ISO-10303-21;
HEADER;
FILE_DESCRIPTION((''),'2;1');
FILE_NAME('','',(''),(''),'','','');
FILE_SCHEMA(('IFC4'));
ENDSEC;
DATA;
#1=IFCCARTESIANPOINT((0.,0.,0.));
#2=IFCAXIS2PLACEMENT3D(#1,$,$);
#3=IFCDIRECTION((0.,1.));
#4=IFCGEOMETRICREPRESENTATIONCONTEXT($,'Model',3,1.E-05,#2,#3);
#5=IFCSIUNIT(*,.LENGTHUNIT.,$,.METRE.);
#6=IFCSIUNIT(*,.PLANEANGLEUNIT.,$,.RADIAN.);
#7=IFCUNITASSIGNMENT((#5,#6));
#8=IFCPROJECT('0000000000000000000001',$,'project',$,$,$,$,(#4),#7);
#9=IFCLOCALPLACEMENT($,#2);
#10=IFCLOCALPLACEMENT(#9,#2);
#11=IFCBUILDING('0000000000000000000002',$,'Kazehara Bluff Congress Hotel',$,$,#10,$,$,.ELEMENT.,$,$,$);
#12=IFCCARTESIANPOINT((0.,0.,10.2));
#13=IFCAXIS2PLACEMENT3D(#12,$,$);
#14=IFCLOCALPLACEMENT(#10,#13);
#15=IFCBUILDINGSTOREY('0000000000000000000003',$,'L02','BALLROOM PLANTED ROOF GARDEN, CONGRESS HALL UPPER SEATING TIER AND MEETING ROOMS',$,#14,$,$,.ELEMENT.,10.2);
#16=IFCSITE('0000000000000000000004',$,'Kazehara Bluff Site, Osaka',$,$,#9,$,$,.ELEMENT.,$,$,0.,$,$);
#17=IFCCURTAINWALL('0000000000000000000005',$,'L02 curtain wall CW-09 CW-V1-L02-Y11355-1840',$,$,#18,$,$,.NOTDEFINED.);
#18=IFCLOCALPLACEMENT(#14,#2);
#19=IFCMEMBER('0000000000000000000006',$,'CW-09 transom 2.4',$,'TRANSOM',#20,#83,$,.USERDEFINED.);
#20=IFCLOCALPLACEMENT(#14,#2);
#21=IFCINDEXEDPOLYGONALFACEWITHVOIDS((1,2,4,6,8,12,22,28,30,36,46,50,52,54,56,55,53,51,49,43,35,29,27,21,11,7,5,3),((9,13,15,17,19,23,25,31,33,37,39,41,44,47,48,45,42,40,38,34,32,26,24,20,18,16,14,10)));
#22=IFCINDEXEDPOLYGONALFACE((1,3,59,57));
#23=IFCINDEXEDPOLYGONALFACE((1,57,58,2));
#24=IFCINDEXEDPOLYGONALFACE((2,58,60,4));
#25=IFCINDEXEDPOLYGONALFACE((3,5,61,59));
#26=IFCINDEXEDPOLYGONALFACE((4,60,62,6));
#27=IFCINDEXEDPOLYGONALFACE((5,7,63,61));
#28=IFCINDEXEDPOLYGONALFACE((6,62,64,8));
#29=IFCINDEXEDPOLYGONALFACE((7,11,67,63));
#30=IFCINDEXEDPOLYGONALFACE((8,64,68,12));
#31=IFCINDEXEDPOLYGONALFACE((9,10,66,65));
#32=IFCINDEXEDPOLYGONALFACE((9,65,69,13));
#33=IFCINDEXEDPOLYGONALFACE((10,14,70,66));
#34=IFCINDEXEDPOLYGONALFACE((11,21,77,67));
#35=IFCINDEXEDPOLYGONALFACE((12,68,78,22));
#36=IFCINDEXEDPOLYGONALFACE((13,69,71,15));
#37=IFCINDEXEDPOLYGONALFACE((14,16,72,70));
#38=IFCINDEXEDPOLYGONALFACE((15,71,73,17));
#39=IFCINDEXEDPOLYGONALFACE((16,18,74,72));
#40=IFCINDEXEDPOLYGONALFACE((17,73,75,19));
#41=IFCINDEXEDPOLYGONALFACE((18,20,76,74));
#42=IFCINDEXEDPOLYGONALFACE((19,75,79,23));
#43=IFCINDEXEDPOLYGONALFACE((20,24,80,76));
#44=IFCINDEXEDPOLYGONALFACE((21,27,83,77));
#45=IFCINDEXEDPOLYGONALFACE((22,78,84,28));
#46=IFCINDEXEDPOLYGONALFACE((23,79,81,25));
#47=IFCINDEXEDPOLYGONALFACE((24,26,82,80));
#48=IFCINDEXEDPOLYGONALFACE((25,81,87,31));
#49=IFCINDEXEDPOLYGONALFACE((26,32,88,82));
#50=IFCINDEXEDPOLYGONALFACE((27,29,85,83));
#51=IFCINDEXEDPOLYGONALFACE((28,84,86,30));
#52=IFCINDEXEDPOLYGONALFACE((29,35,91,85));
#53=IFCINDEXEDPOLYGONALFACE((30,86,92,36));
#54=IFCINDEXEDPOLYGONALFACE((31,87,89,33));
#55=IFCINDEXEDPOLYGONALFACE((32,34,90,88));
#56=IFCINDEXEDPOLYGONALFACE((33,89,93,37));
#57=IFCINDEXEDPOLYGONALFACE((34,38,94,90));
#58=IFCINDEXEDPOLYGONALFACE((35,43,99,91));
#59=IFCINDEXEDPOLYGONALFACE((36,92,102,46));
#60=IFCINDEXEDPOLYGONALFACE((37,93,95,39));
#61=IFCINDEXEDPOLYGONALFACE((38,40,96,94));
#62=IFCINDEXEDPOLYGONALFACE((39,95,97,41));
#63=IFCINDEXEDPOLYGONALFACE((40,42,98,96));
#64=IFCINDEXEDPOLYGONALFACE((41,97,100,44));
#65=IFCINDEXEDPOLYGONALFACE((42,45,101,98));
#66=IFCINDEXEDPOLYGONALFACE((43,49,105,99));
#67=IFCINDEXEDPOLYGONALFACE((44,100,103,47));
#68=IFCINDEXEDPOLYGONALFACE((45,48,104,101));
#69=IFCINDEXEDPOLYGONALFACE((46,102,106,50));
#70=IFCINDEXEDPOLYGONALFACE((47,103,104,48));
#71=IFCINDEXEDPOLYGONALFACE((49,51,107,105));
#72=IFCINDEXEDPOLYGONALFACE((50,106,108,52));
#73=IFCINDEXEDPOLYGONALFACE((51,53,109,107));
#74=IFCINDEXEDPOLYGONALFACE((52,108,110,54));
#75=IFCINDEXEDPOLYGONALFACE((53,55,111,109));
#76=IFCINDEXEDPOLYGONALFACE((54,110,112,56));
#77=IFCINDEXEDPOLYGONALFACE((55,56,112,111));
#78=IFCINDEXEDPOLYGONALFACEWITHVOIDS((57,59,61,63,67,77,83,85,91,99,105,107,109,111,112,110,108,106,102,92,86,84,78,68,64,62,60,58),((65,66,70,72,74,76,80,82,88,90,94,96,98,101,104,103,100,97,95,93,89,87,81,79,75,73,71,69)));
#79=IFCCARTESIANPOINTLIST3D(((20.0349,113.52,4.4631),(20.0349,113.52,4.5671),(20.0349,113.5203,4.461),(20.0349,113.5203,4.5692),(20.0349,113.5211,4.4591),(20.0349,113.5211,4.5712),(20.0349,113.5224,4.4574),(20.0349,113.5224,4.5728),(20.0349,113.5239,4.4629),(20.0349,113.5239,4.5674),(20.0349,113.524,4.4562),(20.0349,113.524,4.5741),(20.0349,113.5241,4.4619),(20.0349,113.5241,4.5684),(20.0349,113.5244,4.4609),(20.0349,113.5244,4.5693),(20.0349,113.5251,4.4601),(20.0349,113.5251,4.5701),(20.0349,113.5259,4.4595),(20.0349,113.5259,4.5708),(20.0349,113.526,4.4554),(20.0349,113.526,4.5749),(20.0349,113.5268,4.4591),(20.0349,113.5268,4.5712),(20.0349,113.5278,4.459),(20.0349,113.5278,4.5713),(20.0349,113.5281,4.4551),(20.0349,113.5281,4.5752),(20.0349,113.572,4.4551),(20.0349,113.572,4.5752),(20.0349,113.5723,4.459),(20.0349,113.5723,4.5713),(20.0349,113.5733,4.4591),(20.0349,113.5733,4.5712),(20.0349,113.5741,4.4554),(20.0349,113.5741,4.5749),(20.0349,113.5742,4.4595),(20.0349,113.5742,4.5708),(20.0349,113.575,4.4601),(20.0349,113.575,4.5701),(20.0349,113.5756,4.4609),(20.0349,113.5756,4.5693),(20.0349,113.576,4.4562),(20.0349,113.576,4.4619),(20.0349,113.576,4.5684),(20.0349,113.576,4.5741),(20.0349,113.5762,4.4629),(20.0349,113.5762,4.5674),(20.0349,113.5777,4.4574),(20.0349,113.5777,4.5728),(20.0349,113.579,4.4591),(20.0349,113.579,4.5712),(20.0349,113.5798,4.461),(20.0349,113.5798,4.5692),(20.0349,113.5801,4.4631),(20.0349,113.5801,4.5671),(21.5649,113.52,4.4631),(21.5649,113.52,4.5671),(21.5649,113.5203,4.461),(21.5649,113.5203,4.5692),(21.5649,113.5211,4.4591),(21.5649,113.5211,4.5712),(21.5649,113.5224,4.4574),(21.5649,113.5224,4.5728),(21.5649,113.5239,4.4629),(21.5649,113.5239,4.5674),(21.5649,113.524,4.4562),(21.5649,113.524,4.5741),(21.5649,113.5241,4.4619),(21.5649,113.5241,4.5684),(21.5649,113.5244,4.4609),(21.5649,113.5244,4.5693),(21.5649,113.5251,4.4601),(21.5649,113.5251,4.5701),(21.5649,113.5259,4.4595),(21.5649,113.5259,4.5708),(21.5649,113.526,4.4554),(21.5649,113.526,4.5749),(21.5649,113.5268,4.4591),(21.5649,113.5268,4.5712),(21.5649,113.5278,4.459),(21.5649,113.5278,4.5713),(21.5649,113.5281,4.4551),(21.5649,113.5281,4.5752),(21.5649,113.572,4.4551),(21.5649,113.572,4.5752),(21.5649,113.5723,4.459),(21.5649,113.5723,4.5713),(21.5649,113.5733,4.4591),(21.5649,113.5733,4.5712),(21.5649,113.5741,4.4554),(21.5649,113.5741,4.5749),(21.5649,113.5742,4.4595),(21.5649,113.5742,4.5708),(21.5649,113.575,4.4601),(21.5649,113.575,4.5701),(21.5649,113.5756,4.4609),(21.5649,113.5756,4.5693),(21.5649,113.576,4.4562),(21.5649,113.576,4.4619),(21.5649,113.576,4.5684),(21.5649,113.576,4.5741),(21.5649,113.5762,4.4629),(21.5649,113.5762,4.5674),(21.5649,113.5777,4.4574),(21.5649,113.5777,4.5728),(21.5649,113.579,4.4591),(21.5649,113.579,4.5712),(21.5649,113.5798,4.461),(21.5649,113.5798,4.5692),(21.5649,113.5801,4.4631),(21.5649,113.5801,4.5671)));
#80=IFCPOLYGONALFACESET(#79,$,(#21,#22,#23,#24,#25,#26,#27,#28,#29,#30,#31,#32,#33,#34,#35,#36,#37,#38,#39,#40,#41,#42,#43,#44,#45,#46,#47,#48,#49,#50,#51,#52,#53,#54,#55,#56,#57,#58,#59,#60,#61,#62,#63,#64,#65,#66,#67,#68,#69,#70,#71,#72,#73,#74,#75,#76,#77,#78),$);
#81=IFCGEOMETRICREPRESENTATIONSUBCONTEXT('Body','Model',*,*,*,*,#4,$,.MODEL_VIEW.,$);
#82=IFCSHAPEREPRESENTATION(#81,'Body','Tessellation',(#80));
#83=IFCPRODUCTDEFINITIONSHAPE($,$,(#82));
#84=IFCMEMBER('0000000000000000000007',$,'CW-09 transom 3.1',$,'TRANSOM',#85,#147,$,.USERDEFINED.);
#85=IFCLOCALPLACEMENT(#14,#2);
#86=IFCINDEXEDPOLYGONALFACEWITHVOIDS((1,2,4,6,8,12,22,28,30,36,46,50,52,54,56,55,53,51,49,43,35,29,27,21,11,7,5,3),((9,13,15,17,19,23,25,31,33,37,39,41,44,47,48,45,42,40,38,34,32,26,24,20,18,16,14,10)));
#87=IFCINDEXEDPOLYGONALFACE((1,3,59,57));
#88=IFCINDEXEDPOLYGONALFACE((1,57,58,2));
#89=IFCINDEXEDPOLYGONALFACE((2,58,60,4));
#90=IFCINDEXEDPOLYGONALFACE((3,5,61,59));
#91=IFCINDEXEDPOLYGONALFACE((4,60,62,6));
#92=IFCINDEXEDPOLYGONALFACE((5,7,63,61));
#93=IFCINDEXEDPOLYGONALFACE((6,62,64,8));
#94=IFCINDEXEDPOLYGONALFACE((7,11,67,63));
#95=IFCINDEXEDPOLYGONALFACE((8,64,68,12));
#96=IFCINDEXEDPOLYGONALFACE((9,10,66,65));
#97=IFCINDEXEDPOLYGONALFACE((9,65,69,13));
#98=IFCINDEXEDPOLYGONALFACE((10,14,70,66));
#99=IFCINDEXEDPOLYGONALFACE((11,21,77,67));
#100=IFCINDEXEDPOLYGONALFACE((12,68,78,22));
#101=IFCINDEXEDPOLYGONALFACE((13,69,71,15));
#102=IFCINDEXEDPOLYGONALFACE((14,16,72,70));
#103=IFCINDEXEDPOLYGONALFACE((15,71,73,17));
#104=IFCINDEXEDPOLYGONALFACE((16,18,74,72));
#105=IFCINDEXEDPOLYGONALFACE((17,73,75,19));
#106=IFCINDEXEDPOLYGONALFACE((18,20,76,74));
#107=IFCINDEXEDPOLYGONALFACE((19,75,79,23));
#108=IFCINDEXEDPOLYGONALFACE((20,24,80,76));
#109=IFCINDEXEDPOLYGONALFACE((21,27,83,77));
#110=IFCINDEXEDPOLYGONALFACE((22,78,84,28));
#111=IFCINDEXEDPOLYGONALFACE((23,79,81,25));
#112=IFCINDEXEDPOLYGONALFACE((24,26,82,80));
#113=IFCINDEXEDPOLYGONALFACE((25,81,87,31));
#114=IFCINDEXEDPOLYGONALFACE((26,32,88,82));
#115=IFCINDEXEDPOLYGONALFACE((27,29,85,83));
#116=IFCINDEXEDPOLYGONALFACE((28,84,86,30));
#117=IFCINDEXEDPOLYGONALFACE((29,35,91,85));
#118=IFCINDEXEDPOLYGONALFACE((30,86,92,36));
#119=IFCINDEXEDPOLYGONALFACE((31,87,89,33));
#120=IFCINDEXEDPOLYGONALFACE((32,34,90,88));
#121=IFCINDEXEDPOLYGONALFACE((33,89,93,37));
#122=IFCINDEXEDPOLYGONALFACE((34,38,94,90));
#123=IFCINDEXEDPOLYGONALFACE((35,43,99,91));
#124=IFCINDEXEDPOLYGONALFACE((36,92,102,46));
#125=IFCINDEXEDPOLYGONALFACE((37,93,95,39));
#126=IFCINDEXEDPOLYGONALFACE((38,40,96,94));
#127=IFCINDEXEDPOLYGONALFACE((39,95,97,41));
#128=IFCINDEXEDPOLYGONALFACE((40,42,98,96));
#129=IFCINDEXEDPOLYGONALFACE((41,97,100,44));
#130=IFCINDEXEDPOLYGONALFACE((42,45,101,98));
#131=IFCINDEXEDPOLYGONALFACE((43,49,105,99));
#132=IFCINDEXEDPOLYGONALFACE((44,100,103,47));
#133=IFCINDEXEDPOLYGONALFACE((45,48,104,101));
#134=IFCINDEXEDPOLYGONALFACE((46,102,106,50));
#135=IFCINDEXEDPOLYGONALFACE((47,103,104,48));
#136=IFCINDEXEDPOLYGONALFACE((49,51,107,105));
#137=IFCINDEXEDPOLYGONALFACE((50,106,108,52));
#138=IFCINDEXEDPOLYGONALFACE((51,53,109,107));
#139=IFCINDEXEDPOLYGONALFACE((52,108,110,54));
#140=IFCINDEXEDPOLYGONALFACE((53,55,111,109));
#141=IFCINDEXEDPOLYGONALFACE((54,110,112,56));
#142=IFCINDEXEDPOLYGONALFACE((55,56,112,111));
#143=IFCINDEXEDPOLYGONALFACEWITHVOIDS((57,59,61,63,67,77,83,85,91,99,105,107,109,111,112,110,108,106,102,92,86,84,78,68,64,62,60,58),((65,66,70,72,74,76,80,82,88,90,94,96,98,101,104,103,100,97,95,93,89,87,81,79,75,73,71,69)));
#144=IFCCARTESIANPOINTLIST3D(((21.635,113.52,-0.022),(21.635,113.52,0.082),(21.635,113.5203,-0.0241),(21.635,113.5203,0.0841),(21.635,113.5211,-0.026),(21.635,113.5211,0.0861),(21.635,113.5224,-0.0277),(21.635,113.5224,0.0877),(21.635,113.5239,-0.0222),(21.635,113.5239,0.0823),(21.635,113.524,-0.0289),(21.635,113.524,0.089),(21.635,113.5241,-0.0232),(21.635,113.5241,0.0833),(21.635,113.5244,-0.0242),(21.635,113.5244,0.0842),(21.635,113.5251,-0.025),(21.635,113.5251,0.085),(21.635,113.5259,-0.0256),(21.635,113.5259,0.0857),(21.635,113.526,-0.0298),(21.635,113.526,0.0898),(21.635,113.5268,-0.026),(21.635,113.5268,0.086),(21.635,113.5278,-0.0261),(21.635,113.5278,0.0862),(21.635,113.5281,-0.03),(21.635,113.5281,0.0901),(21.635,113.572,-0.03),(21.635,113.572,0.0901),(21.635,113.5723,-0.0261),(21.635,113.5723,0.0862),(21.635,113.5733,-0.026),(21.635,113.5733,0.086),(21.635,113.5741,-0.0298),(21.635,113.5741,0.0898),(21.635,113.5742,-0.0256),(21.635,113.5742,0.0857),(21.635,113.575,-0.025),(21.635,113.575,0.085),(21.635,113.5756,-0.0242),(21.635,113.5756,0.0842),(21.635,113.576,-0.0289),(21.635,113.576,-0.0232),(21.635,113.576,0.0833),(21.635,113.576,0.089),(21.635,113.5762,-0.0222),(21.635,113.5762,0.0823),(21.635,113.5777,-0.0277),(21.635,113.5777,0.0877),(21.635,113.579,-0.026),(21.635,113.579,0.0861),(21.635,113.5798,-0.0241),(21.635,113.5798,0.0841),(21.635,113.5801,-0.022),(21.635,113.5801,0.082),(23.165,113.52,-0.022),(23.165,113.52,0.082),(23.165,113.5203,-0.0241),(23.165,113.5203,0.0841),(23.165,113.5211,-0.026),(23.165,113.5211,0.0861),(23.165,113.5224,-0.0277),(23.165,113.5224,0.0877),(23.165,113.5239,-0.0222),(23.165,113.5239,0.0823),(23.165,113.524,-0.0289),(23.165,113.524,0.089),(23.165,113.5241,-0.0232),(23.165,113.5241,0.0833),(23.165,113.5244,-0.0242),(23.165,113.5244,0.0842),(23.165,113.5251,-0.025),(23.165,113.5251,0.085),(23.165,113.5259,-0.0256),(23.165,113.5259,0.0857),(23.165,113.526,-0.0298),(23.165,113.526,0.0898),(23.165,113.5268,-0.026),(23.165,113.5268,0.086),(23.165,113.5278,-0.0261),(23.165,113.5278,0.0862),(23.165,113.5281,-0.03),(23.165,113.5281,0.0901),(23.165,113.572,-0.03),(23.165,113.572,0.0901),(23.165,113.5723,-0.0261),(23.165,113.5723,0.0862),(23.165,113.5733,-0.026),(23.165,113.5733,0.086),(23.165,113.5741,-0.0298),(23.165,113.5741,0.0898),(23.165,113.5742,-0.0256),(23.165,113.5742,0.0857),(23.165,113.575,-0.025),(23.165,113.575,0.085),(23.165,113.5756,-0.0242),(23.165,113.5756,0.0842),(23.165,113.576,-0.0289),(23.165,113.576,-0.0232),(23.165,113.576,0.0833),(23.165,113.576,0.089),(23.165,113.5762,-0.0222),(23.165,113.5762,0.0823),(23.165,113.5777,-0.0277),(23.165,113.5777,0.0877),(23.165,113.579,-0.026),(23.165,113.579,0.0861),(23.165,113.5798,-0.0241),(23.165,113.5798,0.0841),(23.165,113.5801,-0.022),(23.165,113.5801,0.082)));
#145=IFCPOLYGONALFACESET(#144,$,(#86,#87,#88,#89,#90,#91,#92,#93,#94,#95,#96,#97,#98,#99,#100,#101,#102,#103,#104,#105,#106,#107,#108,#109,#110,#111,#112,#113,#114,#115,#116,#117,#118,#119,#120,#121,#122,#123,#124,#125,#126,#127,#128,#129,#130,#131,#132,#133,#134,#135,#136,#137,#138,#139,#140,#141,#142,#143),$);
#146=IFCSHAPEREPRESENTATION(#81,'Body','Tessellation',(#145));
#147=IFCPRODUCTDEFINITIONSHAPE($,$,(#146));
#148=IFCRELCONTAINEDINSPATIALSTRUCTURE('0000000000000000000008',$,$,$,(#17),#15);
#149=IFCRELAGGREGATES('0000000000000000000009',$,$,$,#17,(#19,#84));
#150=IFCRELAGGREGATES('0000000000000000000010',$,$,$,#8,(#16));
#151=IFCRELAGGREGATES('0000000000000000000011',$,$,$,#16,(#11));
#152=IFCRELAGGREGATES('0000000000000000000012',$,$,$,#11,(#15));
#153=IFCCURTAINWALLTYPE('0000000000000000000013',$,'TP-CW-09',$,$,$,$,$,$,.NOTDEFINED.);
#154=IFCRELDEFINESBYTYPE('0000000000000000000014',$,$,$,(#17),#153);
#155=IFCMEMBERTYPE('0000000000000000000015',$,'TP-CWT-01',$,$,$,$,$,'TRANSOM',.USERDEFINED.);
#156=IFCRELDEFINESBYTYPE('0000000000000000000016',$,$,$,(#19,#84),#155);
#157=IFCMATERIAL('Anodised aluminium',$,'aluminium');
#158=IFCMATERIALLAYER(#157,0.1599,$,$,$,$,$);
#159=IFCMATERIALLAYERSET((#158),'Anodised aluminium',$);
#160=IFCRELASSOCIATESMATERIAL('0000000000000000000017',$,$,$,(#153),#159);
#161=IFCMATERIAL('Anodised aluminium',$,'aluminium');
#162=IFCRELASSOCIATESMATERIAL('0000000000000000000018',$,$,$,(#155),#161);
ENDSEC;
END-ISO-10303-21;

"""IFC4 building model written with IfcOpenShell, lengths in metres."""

from ifc_helpers import new_model, si_unit, direction, frame, origin, origin_2d, place, context, subcontext, project, spatial, hollow_rectangle, extrude, material, layer, layer_set, material_profile, profile_set, type_object, element, aggregate, save


model = new_model("IFC4")

# Units and contexts
model_context = context("Model", 3, precision=1e-05, world=origin(), true_north=direction((0.0, 1.0)))
body_context = subcontext(model_context, "Body", "Model", "MODEL_VIEW")
ifc_project = project(units=[si_unit("LENGTHUNIT", "METRE"), si_unit("PLANEANGLEUNIT", "RADIAN")], contexts=[model_context])

# Site, building, storey
site_placement = place(None, origin())
site = spatial("IfcSite", under=ifc_project, at=site_placement, Name="Kazehara Bluff Site, Osaka", CompositionType="ELEMENT", RefElevation=0.0)
building_placement = place(site_placement, origin())
building = spatial("IfcBuilding", under=site, at=building_placement, Name="Kazehara Bluff Congress Hotel", CompositionType="ELEMENT")
storey_placement = place(building_placement, frame((0.0, 0.0, 10.2)))
storey = spatial("IfcBuildingStorey", under=building, at=storey_placement, Name="L02", Description="BALLROOM PLANTED ROOF GARDEN, CONGRESS HALL UPPER SEATING TIER AND MEETING ROOMS", CompositionType="ELEMENT", Elevation=10.2)

# Curtain wall, members
ifc_material_1 = material(Name="Anodised aluminium", Category="aluminium")
ifc_layer_1 = layer(ifc_material_1, 0.1599)
ifc_layer_set_1 = layer_set([ifc_layer_1], Name="Anodised aluminium")
curtain_wall_type = type_object("IfcCurtainWallType", Name="TP-CW-09", PredefinedType="NOTDEFINED", material=ifc_layer_set_1)
curtain_wall_placement = place(storey_placement, origin())
curtain_wall = element("IfcCurtainWall", 1, at=curtain_wall_placement, inside=storey, type_object=curtain_wall_type, Name="L02 curtain wall CW-09 CW-V1-L02-Y11355-1840", PredefinedType="NOTDEFINED")
ifc_material_2 = material(Name="Anodised aluminium", Category="aluminium")
ifc_material_profile_1 = material_profile(ifc_material_2, hollow_rectangle(XDim=0.0601, YDim=0.1201, WallThickness=0.0039, InnerFilletRadius=0.0039, OuterFilletRadius=0.0081, at=origin_2d()))
ifc_profile_set_1 = profile_set([ifc_material_profile_1], Name="Anodised aluminium")
member_type_1 = type_object("IfcMemberType", Name="TP-CWT-01", ElementType="TRANSOM", PredefinedType="USERDEFINED", material=ifc_profile_set_1)
member_1_placement = place(storey_placement, frame((20.0349, 113.55, 4.5151), z_axis=(1.0, 0.0, 0.0), x_axis=(0.0, 1.0, 0.0)))
member_1 = element("IfcMember", 2, at=member_1_placement, type_object=member_type_1, Name="CW-09 transom 2.4", ObjectType="TRANSOM", PredefinedType="USERDEFINED", context=body_context, shape_type="SweptSolid", body=[
    extrude(hollow_rectangle(XDim=0.0601, YDim=0.1201, WallThickness=0.0039, InnerFilletRadius=0.0039, OuterFilletRadius=0.0081, at=origin_2d()), origin(), (0.0, 0.0, 1.0), 1.53),
])
member_2_placement = place(storey_placement, frame((21.635, 113.55, 0.03), z_axis=(1.0, 0.0, 0.0), x_axis=(0.0, 1.0, 0.0)))
member_2 = element("IfcMember", 3, at=member_2_placement, type_object=member_type_1, Name="CW-09 transom 3.1", ObjectType="TRANSOM", PredefinedType="USERDEFINED", context=body_context, shape_type="SweptSolid", body=[
    extrude(hollow_rectangle(XDim=0.0601, YDim=0.1201, WallThickness=0.0039, InnerFilletRadius=0.0039, OuterFilletRadius=0.0081, at=origin_2d()), origin(), (0.0, 0.0, 1.0), 1.53),
])
aggregate(curtain_wall, [member_1, member_2])

save(model, "model.ifc")
